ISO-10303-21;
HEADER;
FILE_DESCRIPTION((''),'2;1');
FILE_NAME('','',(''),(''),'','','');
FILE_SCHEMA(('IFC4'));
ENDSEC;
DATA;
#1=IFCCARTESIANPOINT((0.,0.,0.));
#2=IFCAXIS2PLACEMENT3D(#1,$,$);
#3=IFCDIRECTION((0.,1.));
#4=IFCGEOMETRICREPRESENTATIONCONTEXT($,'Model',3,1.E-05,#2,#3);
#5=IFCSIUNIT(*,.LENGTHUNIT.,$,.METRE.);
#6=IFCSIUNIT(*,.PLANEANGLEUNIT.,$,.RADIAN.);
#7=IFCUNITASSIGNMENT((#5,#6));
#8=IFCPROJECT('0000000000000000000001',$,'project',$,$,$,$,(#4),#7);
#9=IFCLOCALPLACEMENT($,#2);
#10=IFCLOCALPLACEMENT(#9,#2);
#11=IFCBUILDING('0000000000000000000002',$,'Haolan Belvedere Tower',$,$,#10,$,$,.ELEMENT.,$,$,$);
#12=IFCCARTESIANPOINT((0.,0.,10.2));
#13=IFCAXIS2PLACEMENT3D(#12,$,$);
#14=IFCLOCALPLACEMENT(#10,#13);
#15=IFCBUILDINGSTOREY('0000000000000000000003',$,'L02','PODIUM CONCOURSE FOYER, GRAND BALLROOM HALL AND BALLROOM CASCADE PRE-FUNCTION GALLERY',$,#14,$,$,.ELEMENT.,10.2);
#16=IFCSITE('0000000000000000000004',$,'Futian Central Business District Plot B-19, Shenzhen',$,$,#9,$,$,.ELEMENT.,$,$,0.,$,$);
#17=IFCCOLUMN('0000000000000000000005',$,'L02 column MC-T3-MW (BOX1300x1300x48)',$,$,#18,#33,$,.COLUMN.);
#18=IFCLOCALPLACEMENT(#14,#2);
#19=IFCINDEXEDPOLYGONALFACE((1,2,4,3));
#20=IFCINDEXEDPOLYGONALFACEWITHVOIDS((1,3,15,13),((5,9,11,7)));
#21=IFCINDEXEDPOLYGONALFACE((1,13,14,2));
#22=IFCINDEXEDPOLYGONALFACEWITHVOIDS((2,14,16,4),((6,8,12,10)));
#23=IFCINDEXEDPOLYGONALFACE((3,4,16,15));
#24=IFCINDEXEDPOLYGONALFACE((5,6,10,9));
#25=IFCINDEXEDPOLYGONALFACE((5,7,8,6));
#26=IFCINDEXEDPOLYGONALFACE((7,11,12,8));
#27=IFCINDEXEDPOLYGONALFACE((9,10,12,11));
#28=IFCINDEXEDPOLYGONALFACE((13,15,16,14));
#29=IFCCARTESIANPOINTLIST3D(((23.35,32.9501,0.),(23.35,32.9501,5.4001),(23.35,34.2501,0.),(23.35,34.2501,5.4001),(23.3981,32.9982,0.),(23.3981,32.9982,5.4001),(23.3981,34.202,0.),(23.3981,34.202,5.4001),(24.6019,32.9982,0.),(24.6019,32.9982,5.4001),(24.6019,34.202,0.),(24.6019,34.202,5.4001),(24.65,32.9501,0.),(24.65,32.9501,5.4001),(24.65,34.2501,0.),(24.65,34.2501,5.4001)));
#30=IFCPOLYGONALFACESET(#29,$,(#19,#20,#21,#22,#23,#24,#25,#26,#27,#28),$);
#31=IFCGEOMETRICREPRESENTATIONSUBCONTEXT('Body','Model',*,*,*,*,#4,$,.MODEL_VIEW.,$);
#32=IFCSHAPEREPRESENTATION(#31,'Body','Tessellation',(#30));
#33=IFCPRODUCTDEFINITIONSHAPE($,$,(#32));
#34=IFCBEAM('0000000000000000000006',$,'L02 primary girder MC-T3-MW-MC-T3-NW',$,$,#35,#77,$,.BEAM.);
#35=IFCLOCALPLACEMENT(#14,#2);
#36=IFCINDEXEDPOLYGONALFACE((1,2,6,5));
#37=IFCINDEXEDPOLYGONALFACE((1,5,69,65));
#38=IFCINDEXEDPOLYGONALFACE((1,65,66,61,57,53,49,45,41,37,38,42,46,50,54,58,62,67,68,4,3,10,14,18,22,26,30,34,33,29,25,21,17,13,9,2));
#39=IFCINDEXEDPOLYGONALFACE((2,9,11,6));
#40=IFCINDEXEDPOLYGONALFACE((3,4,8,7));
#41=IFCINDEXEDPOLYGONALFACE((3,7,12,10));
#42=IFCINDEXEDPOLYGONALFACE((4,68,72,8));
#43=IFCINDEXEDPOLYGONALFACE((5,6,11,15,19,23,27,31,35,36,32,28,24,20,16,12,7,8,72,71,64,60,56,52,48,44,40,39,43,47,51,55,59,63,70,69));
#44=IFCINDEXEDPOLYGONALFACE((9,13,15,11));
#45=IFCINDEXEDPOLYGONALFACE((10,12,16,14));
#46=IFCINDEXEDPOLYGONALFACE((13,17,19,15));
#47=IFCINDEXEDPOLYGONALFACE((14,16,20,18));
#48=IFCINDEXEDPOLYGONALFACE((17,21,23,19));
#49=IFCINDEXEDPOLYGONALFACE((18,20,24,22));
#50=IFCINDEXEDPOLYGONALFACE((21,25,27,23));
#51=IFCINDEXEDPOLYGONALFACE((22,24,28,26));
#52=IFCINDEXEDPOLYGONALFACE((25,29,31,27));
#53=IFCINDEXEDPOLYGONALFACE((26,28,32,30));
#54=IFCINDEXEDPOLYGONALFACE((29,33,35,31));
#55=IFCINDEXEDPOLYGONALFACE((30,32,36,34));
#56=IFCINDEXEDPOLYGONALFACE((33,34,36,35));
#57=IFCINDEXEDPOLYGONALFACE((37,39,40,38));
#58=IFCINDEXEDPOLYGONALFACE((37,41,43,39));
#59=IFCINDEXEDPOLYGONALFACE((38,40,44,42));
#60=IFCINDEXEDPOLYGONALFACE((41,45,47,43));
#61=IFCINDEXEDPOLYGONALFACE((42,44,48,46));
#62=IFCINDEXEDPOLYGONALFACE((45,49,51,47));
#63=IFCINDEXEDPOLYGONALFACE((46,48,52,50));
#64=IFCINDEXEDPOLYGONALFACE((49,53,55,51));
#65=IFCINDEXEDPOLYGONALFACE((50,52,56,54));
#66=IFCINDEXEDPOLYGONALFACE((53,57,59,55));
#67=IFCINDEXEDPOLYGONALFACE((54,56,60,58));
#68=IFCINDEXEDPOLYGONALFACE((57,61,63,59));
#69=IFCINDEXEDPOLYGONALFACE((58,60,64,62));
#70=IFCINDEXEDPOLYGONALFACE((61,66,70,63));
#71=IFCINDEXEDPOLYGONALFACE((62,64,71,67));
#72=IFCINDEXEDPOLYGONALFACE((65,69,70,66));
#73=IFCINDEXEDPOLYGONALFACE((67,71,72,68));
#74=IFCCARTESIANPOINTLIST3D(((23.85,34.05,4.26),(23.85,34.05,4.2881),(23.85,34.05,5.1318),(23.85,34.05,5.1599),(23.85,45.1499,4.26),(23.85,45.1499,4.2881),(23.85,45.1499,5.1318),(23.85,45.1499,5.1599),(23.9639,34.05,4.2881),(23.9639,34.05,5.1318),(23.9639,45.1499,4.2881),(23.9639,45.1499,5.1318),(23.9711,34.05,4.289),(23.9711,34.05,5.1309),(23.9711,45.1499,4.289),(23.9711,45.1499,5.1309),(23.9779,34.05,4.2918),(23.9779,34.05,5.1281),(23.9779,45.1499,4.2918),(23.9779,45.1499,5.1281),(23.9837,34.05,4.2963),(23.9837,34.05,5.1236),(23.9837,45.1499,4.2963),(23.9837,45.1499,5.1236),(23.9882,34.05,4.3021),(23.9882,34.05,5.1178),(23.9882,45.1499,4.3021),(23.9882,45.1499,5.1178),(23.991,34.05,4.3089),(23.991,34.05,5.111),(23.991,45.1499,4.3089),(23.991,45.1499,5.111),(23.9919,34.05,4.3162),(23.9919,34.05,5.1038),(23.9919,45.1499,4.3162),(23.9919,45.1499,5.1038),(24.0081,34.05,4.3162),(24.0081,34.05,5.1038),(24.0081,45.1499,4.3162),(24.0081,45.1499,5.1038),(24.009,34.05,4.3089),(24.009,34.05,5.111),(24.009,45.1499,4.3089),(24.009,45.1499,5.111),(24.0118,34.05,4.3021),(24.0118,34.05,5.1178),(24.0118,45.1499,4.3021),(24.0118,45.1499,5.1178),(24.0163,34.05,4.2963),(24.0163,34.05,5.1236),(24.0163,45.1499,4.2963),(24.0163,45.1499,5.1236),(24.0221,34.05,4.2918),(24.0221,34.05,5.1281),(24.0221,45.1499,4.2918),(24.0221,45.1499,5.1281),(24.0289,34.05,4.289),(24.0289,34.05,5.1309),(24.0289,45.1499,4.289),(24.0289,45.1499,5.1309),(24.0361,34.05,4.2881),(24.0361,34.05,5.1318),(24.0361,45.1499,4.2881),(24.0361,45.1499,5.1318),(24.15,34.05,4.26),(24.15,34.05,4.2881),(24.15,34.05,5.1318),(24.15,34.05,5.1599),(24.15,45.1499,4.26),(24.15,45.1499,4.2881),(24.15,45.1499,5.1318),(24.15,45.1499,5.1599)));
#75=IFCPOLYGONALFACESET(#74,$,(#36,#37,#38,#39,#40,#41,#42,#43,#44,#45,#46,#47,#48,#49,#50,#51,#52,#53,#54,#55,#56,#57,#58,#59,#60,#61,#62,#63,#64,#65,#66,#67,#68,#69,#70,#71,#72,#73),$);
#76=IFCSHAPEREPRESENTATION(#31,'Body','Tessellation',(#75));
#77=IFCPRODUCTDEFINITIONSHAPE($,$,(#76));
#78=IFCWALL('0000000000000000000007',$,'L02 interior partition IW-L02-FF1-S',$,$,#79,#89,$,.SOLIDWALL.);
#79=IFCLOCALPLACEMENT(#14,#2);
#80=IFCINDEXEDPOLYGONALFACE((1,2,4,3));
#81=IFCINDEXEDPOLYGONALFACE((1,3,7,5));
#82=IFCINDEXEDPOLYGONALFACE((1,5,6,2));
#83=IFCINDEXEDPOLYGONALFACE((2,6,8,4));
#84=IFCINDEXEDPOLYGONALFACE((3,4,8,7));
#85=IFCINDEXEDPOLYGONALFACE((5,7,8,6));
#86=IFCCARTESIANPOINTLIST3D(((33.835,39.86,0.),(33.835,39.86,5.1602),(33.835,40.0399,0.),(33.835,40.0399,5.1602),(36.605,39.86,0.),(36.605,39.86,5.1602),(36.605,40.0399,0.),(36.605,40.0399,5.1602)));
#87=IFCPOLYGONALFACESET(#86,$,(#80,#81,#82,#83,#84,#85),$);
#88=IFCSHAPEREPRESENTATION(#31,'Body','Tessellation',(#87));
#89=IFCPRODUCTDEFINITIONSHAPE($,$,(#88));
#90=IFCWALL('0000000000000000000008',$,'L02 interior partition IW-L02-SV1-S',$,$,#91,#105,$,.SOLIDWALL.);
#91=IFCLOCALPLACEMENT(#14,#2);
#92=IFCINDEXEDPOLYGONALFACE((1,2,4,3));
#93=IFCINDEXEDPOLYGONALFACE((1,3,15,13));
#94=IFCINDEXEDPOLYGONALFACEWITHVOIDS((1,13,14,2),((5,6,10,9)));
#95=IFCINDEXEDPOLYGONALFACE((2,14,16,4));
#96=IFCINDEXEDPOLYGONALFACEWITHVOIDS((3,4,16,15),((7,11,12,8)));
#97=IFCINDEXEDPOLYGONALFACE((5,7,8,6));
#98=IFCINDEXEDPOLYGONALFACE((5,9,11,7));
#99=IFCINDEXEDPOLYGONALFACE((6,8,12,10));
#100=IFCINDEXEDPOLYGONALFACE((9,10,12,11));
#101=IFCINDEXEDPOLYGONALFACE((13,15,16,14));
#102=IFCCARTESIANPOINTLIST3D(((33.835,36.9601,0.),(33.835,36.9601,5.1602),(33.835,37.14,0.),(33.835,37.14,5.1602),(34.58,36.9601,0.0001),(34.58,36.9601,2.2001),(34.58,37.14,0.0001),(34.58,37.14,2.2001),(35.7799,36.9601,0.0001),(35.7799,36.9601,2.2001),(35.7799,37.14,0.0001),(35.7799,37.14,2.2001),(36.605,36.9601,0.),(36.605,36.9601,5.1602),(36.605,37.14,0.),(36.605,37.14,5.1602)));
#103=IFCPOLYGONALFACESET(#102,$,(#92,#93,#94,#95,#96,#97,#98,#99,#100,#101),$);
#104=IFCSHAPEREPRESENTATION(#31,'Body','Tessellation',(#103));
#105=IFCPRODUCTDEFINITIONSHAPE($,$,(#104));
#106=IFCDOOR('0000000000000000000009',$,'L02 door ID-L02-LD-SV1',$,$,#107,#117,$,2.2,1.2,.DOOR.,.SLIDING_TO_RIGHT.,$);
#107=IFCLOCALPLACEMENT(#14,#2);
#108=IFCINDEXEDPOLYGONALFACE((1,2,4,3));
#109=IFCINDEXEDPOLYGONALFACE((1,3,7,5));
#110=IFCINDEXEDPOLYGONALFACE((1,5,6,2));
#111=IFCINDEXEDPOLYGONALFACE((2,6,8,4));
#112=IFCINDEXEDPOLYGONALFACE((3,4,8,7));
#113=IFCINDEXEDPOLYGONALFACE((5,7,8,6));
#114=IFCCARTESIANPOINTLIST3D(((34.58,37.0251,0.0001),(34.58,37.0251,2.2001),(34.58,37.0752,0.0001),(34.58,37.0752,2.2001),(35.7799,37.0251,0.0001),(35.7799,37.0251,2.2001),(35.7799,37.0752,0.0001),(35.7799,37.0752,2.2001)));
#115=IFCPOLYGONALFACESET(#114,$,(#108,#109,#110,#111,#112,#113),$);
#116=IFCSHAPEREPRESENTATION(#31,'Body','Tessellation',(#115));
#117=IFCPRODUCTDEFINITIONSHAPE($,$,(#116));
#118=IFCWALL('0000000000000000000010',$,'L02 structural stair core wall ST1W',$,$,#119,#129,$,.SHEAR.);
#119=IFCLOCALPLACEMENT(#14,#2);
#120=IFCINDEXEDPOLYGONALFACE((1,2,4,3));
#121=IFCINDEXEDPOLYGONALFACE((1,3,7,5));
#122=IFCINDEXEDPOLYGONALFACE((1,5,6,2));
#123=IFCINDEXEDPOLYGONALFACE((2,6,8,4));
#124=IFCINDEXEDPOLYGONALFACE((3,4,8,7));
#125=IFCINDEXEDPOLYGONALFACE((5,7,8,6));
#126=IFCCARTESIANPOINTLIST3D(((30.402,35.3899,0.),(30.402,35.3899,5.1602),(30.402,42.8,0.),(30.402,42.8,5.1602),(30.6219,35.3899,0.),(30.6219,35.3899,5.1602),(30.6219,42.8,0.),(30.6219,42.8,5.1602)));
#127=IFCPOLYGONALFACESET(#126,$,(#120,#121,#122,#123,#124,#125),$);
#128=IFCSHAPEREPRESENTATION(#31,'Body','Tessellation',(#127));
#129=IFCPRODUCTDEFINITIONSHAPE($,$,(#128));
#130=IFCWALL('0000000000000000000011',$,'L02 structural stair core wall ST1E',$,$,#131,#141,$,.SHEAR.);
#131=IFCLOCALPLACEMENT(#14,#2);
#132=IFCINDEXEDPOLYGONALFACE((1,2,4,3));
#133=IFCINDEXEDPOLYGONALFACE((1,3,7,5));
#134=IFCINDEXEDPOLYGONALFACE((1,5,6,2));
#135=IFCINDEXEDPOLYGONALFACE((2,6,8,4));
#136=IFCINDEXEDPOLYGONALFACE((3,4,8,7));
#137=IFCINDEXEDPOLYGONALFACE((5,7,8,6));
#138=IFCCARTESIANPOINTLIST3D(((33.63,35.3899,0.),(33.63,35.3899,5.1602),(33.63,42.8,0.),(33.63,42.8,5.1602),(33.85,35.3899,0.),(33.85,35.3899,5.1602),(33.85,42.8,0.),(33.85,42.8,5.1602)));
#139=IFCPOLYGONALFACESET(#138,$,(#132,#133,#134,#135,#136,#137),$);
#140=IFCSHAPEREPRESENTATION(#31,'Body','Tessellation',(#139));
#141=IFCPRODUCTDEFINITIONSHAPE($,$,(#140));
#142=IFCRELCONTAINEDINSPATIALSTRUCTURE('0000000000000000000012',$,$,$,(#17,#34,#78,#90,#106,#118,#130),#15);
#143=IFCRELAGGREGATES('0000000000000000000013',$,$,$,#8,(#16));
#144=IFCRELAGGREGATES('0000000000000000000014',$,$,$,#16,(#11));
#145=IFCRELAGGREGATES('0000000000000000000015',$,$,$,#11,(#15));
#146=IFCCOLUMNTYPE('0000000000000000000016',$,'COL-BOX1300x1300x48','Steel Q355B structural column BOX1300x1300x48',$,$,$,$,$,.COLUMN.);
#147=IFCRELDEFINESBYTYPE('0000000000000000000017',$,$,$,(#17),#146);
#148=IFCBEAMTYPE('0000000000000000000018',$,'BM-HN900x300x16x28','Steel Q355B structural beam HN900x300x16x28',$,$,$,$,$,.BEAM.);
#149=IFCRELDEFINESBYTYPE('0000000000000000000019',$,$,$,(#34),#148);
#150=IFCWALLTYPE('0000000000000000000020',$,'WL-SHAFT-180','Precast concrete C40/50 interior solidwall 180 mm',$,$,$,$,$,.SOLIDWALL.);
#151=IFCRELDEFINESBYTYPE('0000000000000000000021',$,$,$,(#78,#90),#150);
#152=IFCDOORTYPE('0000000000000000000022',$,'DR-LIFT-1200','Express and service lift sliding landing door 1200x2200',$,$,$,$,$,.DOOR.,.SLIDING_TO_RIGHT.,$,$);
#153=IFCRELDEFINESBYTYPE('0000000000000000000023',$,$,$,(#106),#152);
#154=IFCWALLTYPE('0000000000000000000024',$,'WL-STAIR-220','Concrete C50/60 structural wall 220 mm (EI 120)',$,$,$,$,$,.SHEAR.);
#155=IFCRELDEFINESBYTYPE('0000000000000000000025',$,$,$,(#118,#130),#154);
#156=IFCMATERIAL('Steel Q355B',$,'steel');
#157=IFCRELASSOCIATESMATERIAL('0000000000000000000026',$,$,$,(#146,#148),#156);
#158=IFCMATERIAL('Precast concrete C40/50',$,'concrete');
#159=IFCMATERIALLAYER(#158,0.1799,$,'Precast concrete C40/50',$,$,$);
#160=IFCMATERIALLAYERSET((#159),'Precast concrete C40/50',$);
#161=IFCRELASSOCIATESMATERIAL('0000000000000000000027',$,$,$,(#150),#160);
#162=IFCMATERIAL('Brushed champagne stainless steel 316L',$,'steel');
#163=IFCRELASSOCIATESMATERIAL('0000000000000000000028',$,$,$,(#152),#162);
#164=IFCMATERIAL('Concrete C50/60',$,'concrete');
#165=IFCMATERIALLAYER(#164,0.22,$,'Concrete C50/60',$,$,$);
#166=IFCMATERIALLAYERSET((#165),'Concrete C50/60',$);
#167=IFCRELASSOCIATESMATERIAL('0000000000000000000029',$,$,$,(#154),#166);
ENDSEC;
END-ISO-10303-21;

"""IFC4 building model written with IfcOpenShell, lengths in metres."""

from ifc_helpers import new_model, si_unit, direction, frame, frame_2d, origin, origin_2d, place, context, subcontext, project, spatial, rectangle, hollow_rectangle, i_section, extrude, material, layer, layer_set, material_profile, profile_set, type_object, element, fill, save


model = new_model("IFC4")

# Units and contexts
model_context = context("Model", 3, precision=1e-05, world=origin(), true_north=direction((0.0, 1.0)))
body_context = subcontext(model_context, "Body", "Model", "MODEL_VIEW")
ifc_project = project(units=[si_unit("LENGTHUNIT", "METRE"), si_unit("PLANEANGLEUNIT", "RADIAN")], contexts=[model_context])

# Site, building, storey
site_placement = place(None, origin())
site = spatial("IfcSite", under=ifc_project, at=site_placement, Name="Futian Central Business District Plot B-19, Shenzhen", CompositionType="ELEMENT", RefElevation=0.0)
building_placement = place(site_placement, origin())
building = spatial("IfcBuilding", under=site, at=building_placement, Name="Haolan Belvedere Tower", CompositionType="ELEMENT")
storey_placement = place(building_placement, frame((0.0, 0.0, 10.2)))
storey = spatial("IfcBuildingStorey", under=building, at=storey_placement, Name="L02", Description="PODIUM CONCOURSE FOYER, GRAND BALLROOM HALL AND BALLROOM CASCADE PRE-FUNCTION GALLERY", CompositionType="ELEMENT", Elevation=10.2)

# Column
ifc_material_1 = material(Name="Steel Q355B", Category="steel")
ifc_material_profile_1 = material_profile(ifc_material_1, hollow_rectangle(XDim=1.3, YDim=1.3, WallThickness=0.0481, at=origin_2d()), Name="Steel Q355B")
ifc_profile_set_1 = profile_set([ifc_material_profile_1], Name="Steel Q355B")
column_type = type_object("IfcColumnType", Name="COL-BOX1300x1300x48", Description="Steel Q355B structural column BOX1300x1300x48", PredefinedType="COLUMN", material=ifc_profile_set_1)
column_placement = place(storey_placement, frame((24.0, 33.6001, 0.0), z_axis=(0.0, 0.0, 1.0), x_axis=(1.0, 0.0, 0.0)))
element("IfcColumn", 1, at=column_placement, inside=storey, type_object=column_type, Name="L02 column MC-T3-MW (BOX1300x1300x48)", PredefinedType="COLUMN", context=body_context, shape_type="SweptSolid", body=[
    extrude(hollow_rectangle(XDim=1.3, YDim=1.3, WallThickness=0.0481, at=origin_2d()), origin(), (0.0, 0.0, 1.0), 5.4001),
])

# Beam
ifc_material_profile_2 = material_profile(ifc_material_1, i_section(OverallWidth=0.3, OverallDepth=0.8999, WebThickness=0.0161, FlangeThickness=0.0281, FilletRadius=0.0281, at=origin_2d()), Name="Steel Q355B")
ifc_profile_set_2 = profile_set([ifc_material_profile_2], Name="Steel Q355B")
beam_type = type_object("IfcBeamType", Name="BM-HN900x300x16x28", Description="Steel Q355B structural beam HN900x300x16x28", PredefinedType="BEAM", material=ifc_profile_set_2)
beam_placement = place(storey_placement, frame((24.0, 34.05, 4.71), z_axis=(0.0, 1.0, 0.0), x_axis=(-1.0, 0.0, 0.0)))
element("IfcBeam", 2, at=beam_placement, inside=storey, type_object=beam_type, Name="L02 primary girder MC-T3-MW-MC-T3-NW", PredefinedType="BEAM", context=body_context, shape_type="SweptSolid", body=[
    extrude(i_section(OverallWidth=0.3, OverallDepth=0.8999, WebThickness=0.0161, FlangeThickness=0.0281, FilletRadius=0.0281, at=origin_2d()), origin(), (0.0, 0.0, 1.0), 11.0999),
])

# Wall
ifc_material_2 = material(Name="Precast concrete C40/50", Category="concrete")
ifc_layer_1 = layer(ifc_material_2, 0.1799, Name="Precast concrete C40/50")
ifc_layer_set_1 = layer_set([ifc_layer_1], Name="Precast concrete C40/50")
wall_type_1 = type_object("IfcWallType", Name="WL-SHAFT-180", Description="Precast concrete C40/50 interior solidwall 180 mm", PredefinedType="SOLIDWALL", material=ifc_layer_set_1)
wall_1_placement = place(storey_placement, frame((33.835, 39.95, 0.0), z_axis=(0.0, 0.0, 1.0), x_axis=(1.0, 0.0, 0.0)))
element("IfcWall", 3, at=wall_1_placement, inside=storey, type_object=wall_type_1, Name="L02 interior partition IW-L02-FF1-S", PredefinedType="SOLIDWALL", context=body_context, shape_type="SweptSolid", body=[
    extrude(rectangle(XDim=2.77, YDim=0.1799, at=frame_2d((1.385, 0.0))), origin(), (0.0, 0.0, 1.0), 5.1602),
])

# Wall, opening, door
wall_2_placement = place(storey_placement, frame((33.835, 37.05, 0.0), z_axis=(0.0, 0.0, 1.0), x_axis=(1.0, 0.0, 0.0)))
wall_2 = element("IfcWall", 4, at=wall_2_placement, inside=storey, type_object=wall_type_1, Name="L02 interior partition IW-L02-SV1-S", PredefinedType="SOLIDWALL", context=body_context, shape_type="SweptSolid", body=[
    extrude(rectangle(XDim=2.77, YDim=0.1799, at=frame_2d((1.385, 0.0))), origin(), (0.0, 0.0, 1.0), 5.1602),
])
opening_1_placement = place(wall_2_placement, frame((1.9451, 0.0, 0.0), z_axis=(0.0, 0.0, 1.0), x_axis=(-1.0, 0.0, 0.0)))
opening_1 = element("IfcOpeningElement", 5, at=opening_1_placement, cuts=wall_2, PredefinedType="OPENING", context=body_context, shape_type="SweptSolid", body=[
    extrude(rectangle(XDim=1.2, YDim=2.2, at=frame_2d((0.6001, 1.1001))), frame((0.0, 0.0999, 0.0), z_axis=(0.0, -1.0, 0.0), x_axis=(1.0, 0.0, 0.0)), (0.0, 0.0, 1.0), 0.2),
])
ifc_material_3 = material(Name="Brushed champagne stainless steel 316L", Category="steel")
door_type_1 = type_object("IfcDoorType", Name="DR-LIFT-1200", Description="Express and service lift sliding landing door 1200x2200", OperationType="SLIDING_TO_RIGHT", PredefinedType="DOOR", material=ifc_material_3)
door_1_placement = place(opening_1_placement, origin())
door_1 = element("IfcDoor", 6, at=door_1_placement, inside=storey, type_object=door_type_1, Name="L02 door ID-L02-LD-SV1", OperationType="SLIDING_TO_RIGHT", OverallHeight=2.2, OverallWidth=1.2, PredefinedType="DOOR", context=body_context, shape_type="SweptSolid", body=[
    extrude(rectangle(XDim=1.2, YDim=2.2, at=frame_2d((0.6001, 1.1001))), frame((0.0, 0.0249, 0.0), z_axis=(0.0, -1.0, 0.0), x_axis=(1.0, 0.0, 0.0)), (0.0, 0.0, 1.0), 0.05),
])
fill(opening_1, door_1)

# Walls
ifc_material_4 = material(Name="Concrete C50/60", Category="concrete")
ifc_layer_2 = layer(ifc_material_4, 0.22, Name="Concrete C50/60")
ifc_layer_set_2 = layer_set([ifc_layer_2], Name="Concrete C50/60")
wall_type_2 = type_object("IfcWallType", Name="WL-STAIR-220", Description="Concrete C50/60 structural wall 220 mm (EI 120)", PredefinedType="SHEAR", material=ifc_layer_set_2)
for number, where, z_axis, x_axis, name in (
    (7, (30.512, 35.3899, 0.0), (0.0, 0.0, 1.0), (0.0, 1.0, 0.0), "L02 structural stair core wall ST1W"),
    (8, (33.74, 35.3899, 0.0), (0.0, 0.0, 1.0), (0.0, 1.0, 0.0), "L02 structural stair core wall ST1E"),
):
    element("IfcWall", number, at=place(storey_placement, frame(where, z_axis=z_axis, x_axis=x_axis)), inside=storey, type_object=wall_type_2, Name=name, PredefinedType="SHEAR", context=body_context, shape_type="SweptSolid", body=[
        extrude(rectangle(XDim=7.4102, YDim=0.22, at=frame_2d((3.7051, 0.0))), origin(), (0.0, 0.0, 1.0), 5.1602),
    ])

save(model, "model.ifc")
